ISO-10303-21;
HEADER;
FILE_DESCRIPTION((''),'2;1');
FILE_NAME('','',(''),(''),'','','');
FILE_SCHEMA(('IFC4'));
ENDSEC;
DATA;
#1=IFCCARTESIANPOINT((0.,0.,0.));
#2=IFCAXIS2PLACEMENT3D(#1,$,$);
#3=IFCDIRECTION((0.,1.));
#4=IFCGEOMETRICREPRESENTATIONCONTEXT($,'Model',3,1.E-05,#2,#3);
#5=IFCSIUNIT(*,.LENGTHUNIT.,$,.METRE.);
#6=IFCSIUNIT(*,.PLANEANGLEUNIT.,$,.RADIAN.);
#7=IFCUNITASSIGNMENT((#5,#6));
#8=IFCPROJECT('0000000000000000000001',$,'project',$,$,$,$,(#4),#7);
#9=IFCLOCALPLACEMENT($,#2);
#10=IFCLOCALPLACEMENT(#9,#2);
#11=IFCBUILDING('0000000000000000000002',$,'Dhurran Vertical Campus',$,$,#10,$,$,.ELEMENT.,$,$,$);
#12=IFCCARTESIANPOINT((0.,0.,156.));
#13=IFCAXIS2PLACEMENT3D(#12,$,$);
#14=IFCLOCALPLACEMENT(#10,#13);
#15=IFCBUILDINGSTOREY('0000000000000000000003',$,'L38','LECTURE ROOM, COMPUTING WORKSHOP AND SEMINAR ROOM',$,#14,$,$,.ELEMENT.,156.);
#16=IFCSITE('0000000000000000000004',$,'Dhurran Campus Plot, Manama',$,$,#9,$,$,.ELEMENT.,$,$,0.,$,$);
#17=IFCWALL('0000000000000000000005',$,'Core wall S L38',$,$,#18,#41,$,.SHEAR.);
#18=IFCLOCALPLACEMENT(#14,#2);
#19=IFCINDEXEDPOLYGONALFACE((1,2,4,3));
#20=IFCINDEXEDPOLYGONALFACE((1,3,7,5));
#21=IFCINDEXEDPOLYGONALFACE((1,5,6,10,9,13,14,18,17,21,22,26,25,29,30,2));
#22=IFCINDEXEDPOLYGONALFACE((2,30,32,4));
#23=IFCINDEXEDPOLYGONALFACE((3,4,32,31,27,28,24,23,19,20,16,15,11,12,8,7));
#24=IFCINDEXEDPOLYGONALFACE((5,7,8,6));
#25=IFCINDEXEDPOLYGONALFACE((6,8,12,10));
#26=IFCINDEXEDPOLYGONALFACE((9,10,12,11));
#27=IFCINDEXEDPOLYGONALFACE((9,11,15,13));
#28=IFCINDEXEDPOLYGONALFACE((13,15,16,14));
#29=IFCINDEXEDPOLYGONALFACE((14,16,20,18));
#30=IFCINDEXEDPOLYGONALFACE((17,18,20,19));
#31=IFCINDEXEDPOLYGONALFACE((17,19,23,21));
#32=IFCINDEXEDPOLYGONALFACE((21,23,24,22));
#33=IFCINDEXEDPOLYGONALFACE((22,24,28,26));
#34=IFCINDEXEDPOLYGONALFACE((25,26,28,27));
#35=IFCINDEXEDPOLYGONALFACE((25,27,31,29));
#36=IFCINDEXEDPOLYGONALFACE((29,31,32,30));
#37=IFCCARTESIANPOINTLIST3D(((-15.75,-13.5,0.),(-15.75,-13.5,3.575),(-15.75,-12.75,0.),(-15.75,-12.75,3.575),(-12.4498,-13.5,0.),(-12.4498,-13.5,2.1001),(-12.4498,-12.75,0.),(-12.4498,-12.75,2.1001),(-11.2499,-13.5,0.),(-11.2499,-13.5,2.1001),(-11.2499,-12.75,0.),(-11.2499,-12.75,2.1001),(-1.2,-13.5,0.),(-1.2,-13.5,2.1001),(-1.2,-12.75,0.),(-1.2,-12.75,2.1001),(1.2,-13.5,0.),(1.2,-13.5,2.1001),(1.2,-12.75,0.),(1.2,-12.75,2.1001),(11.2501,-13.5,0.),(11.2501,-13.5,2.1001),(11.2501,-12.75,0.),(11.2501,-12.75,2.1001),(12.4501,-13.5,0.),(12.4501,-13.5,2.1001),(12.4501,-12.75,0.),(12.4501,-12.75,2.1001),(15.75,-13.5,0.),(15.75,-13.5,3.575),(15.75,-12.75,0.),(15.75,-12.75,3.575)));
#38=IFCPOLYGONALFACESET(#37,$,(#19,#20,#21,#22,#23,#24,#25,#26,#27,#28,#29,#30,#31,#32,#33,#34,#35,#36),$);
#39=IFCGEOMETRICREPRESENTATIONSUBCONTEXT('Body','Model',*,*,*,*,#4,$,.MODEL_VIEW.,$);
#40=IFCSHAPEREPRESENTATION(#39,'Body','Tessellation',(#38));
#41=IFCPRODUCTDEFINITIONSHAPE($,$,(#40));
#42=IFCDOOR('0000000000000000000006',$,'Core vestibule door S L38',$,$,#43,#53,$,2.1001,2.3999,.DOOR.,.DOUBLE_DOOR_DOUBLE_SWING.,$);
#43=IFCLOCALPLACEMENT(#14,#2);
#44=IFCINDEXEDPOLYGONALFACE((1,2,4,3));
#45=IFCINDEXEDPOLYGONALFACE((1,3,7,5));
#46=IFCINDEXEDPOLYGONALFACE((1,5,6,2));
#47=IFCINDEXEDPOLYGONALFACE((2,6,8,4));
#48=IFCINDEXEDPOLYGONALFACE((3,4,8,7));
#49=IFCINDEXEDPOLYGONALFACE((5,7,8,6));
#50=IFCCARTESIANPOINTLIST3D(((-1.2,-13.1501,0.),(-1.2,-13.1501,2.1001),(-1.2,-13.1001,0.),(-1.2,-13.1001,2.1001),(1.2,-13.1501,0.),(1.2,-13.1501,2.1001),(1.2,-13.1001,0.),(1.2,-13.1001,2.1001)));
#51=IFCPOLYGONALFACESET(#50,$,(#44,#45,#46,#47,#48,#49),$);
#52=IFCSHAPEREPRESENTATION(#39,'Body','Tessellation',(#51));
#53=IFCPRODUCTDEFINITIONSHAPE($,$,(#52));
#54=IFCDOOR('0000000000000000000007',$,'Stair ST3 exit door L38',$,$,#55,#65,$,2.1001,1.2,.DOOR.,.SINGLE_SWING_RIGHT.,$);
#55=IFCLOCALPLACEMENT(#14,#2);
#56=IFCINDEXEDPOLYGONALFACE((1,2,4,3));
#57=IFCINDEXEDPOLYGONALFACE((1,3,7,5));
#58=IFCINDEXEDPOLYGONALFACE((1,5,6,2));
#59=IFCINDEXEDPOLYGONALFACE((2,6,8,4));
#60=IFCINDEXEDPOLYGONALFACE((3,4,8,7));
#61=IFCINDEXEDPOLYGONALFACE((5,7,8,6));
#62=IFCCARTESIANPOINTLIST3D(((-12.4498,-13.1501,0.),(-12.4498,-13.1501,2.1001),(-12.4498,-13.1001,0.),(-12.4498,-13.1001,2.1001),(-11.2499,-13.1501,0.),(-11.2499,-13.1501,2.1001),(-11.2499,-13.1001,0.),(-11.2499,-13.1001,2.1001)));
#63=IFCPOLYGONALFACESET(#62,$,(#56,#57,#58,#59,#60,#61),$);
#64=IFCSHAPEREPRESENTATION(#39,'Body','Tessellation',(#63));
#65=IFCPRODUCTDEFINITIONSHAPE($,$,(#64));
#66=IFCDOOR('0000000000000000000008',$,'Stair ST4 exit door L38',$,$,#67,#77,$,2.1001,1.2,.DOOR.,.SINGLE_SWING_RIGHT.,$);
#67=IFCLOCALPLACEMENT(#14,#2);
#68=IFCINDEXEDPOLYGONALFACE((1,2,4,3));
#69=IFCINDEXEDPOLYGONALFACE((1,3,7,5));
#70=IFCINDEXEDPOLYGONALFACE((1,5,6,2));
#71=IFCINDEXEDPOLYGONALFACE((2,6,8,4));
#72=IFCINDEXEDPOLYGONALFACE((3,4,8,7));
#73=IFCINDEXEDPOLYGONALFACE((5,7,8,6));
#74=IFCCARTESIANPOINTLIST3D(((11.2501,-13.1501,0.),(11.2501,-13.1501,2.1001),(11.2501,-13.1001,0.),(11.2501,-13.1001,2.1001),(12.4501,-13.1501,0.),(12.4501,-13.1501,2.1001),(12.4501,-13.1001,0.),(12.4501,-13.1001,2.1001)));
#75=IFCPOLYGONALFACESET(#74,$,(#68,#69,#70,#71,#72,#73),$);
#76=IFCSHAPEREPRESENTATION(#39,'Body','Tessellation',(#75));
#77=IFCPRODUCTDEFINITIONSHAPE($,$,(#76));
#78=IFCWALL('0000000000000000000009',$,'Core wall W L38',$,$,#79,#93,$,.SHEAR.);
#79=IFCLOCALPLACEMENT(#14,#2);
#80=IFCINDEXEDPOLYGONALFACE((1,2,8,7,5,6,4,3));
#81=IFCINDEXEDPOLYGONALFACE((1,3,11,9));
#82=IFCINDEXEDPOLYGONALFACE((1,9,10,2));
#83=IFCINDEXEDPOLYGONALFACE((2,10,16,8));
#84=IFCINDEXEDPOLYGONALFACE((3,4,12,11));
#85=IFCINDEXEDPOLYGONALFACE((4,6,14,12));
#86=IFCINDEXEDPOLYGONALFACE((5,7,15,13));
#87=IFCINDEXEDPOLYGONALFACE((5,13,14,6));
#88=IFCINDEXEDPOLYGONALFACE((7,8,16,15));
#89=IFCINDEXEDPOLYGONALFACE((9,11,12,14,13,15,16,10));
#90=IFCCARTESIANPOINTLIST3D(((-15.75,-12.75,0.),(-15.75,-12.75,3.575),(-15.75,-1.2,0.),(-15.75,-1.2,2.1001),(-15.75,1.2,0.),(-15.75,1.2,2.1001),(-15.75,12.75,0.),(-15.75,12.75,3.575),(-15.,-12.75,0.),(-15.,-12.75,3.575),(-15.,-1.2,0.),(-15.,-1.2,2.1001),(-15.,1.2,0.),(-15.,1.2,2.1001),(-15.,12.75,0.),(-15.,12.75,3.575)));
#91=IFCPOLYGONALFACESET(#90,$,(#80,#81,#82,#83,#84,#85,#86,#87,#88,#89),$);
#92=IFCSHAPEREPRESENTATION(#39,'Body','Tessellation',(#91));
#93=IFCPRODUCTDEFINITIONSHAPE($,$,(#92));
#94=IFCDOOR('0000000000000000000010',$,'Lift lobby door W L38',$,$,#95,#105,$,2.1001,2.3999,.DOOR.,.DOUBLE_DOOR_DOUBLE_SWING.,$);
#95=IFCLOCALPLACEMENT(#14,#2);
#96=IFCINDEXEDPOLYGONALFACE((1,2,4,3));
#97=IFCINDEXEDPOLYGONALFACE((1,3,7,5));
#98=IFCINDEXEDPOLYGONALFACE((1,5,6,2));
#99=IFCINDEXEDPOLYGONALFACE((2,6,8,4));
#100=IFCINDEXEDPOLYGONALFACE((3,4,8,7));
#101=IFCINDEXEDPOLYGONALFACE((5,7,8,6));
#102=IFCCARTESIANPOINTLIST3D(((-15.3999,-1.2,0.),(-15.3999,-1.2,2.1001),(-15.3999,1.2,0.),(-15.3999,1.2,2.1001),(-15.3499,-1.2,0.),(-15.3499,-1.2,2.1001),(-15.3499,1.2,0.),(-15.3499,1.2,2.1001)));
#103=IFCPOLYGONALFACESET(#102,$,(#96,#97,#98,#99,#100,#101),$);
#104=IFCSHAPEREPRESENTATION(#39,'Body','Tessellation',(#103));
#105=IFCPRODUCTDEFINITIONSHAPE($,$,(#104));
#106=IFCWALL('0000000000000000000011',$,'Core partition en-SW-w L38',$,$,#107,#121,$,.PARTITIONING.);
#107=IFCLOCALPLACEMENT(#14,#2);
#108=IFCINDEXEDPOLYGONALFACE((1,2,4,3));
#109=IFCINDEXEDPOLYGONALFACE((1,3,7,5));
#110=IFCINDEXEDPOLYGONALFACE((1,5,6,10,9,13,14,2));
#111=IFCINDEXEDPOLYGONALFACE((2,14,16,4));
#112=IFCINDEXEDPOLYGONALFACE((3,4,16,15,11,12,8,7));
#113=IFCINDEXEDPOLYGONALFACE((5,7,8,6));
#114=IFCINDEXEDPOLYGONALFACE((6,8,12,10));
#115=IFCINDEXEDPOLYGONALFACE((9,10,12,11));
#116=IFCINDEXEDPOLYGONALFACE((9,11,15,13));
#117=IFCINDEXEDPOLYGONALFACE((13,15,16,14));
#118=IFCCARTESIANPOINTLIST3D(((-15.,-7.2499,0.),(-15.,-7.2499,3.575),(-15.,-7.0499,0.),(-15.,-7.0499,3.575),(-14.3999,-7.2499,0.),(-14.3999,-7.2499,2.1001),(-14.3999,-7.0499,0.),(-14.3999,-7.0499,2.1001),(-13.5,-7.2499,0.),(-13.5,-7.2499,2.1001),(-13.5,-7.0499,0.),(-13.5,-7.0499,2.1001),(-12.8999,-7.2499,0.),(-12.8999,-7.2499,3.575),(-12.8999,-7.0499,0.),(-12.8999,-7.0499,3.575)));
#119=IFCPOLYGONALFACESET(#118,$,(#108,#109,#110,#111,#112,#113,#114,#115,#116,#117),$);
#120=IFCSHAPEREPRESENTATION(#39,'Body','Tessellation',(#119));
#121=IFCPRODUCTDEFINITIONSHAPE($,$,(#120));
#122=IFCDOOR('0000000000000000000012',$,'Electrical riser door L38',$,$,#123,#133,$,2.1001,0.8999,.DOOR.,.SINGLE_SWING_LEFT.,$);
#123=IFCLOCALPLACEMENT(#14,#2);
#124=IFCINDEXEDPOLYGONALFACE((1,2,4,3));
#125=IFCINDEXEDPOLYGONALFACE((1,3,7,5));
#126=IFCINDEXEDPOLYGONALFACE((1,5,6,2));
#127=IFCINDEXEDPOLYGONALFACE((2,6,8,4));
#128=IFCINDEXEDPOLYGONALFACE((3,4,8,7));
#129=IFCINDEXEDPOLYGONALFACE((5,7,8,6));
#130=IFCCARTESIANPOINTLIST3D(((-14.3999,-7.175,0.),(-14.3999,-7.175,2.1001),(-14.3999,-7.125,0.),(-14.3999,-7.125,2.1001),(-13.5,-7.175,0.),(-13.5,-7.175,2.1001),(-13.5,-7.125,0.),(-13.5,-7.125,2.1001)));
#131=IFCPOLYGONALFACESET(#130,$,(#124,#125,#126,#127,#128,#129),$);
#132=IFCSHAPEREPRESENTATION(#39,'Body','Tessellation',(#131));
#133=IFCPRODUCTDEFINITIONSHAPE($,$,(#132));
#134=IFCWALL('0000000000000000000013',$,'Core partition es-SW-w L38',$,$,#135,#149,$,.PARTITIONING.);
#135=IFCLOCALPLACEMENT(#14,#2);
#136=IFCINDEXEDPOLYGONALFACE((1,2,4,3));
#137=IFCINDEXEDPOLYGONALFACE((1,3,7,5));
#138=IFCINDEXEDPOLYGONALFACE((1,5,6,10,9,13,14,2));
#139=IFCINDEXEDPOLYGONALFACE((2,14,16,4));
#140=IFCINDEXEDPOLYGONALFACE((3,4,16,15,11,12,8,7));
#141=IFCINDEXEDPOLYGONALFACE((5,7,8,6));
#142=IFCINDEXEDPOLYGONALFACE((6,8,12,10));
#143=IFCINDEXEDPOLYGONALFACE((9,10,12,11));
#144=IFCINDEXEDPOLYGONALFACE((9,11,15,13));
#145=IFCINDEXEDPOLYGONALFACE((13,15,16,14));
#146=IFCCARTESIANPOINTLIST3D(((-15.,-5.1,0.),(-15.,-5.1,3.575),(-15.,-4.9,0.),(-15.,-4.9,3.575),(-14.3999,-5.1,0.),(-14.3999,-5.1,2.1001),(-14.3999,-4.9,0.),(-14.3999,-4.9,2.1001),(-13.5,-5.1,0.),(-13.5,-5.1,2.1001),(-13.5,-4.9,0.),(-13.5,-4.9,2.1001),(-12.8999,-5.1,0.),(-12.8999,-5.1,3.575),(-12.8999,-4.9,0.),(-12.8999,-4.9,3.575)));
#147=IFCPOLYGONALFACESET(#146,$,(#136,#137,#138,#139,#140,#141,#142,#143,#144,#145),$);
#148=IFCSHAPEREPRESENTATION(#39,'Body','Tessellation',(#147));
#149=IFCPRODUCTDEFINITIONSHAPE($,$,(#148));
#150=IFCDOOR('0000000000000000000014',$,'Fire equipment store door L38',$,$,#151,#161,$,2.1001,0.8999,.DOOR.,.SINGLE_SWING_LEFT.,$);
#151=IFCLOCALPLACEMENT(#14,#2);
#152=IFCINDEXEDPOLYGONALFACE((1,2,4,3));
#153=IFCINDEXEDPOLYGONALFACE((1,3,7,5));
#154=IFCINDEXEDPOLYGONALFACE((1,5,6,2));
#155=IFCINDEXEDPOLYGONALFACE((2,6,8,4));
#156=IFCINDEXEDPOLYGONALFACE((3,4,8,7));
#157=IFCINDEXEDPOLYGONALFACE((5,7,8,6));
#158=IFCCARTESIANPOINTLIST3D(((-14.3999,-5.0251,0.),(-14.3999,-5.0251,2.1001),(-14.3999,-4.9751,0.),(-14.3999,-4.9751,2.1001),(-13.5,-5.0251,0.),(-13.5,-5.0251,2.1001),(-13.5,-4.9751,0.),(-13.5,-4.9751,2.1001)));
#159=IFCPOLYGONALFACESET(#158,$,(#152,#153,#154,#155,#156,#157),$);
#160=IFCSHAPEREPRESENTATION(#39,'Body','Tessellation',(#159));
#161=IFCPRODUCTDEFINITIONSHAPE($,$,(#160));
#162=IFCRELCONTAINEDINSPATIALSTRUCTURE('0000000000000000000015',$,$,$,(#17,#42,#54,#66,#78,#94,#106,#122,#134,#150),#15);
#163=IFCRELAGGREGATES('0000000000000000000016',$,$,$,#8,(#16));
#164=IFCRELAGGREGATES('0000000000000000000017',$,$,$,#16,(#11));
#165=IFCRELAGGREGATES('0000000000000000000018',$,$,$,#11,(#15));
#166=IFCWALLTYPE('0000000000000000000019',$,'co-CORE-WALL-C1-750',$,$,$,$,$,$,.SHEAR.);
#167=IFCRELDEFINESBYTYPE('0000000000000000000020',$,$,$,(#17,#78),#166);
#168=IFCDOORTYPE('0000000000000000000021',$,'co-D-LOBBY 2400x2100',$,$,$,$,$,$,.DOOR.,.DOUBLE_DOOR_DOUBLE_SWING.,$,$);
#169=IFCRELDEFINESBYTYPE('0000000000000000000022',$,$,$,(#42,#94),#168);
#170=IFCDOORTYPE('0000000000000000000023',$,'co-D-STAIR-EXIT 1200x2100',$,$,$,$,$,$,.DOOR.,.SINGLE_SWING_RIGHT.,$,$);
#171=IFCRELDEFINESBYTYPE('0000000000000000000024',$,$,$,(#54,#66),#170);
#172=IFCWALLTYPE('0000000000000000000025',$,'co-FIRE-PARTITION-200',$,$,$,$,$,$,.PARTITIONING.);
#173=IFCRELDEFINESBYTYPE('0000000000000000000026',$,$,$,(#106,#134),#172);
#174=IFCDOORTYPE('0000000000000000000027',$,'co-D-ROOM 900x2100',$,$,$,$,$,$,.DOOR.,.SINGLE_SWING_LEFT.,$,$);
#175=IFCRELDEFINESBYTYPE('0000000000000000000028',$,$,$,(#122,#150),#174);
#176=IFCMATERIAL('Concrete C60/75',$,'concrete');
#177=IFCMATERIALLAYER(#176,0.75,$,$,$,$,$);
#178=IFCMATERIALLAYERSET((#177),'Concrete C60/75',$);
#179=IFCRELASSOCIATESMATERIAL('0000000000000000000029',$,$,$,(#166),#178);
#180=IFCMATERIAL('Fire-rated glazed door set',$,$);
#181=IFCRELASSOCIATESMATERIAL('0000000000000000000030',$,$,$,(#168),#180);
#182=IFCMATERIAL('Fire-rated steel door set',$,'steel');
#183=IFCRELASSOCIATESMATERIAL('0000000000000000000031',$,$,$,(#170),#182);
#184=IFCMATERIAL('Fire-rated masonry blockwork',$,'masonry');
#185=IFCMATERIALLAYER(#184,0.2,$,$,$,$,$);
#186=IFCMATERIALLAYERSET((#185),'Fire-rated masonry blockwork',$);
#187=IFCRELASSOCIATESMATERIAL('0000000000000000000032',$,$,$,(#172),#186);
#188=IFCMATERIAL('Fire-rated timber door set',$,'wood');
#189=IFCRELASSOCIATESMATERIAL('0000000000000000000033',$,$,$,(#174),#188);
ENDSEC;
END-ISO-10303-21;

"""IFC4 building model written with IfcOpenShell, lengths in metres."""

from ifc_helpers import new_model, si_unit, direction, frame, frame_2d, origin, place, context, subcontext, project, spatial, rectangle, extrude, material, layer, layer_set, type_object, element, fill, save


model = new_model("IFC4")

# Units and contexts
model_context = context("Model", 3, precision=1e-05, world=origin(), true_north=direction((0.0, 1.0)))
body_context = subcontext(model_context, "Body", "Model", "MODEL_VIEW")
ifc_project = project(units=[si_unit("LENGTHUNIT", "METRE"), si_unit("PLANEANGLEUNIT", "RADIAN")], contexts=[model_context])

# Site, building, storey
site_placement = place(None, origin())
site = spatial("IfcSite", under=ifc_project, at=site_placement, Name="Dhurran Campus Plot, Manama", CompositionType="ELEMENT", RefElevation=0.0)
building_placement = place(site_placement, origin())
building = spatial("IfcBuilding", under=site, at=building_placement, Name="Dhurran Vertical Campus", CompositionType="ELEMENT")
storey_placement = place(building_placement, frame((0.0, 0.0, 156.0)))
storey = spatial("IfcBuildingStorey", under=building, at=storey_placement, Name="L38", Description="LECTURE ROOM, COMPUTING WORKSHOP AND SEMINAR ROOM", CompositionType="ELEMENT", Elevation=156.0)

# Wall, openings, doors
ifc_material_1 = material(Name="Concrete C60/75", Category="concrete")
ifc_layer_1 = layer(ifc_material_1, 0.75)
ifc_layer_set_1 = layer_set([ifc_layer_1], Name="Concrete C60/75")
wall_type_1 = type_object("IfcWallType", Name="co-CORE-WALL-C1-750", PredefinedType="SHEAR", material=ifc_layer_set_1)
wall_1_placement = place(storey_placement, frame((-15.75, -13.125, 0.0), z_axis=(0.0, 0.0, 1.0), x_axis=(1.0, 0.0, 0.0)))
wall_1 = element("IfcWall", 1, at=wall_1_placement, inside=storey, type_object=wall_type_1, Name="Core wall S L38", PredefinedType="SHEAR", context=body_context, shape_type="SweptSolid", body=[
    extrude(rectangle(XDim=31.5, YDim=0.75, at=frame_2d((15.75, 0.0))), origin(), (0.0, 0.0, 1.0), 3.575),
])
opening_1_placement = place(wall_1_placement, frame((14.55, 0.0, 0.0)))
opening_1 = element("IfcOpeningElement", 2, at=opening_1_placement, cuts=wall_1, PredefinedType="OPENING", context=body_context, shape_type="SweptSolid", body=[
    extrude(rectangle(XDim=2.3999, YDim=2.1001, at=frame_2d((1.2, 1.05))), frame((0.0, 0.385, 0.0), z_axis=(0.0, -1.0, 0.0), x_axis=(1.0, 0.0, 0.0)), (0.0, 0.0, 1.0), 0.77),
])
opening_2_placement = place(wall_1_placement, frame((3.3, 0.0, 0.0)))
opening_2 = element("IfcOpeningElement", 3, at=opening_2_placement, cuts=wall_1, PredefinedType="OPENING", context=body_context, shape_type="SweptSolid", body=[
    extrude(rectangle(XDim=1.2, YDim=2.1001, at=frame_2d((0.6001, 1.05))), frame((0.0, 0.385, 0.0), z_axis=(0.0, -1.0, 0.0), x_axis=(1.0, 0.0, 0.0)), (0.0, 0.0, 1.0), 0.77),
])
opening_3_placement = place(wall_1_placement, frame((27.0, 0.0, 0.0)))
opening_3 = element("IfcOpeningElement", 4, at=opening_3_placement, cuts=wall_1, PredefinedType="OPENING", context=body_context, shape_type="SweptSolid", body=[
    extrude(rectangle(XDim=1.2, YDim=2.1001, at=frame_2d((0.6001, 1.05))), frame((0.0, 0.385, 0.0), z_axis=(0.0, -1.0, 0.0), x_axis=(1.0, 0.0, 0.0)), (0.0, 0.0, 1.0), 0.77),
])
ifc_material_2 = material(Name="Fire-rated glazed door set")
door_type_1 = type_object("IfcDoorType", Name="co-D-LOBBY 2400x2100", OperationType="DOUBLE_DOOR_DOUBLE_SWING", PredefinedType="DOOR", material=ifc_material_2)
door_1_placement = place(opening_1_placement, origin())
door_1 = element("IfcDoor", 5, at=door_1_placement, inside=storey, type_object=door_type_1, Name="Core vestibule door S L38", OperationType="DOUBLE_DOOR_DOUBLE_SWING", OverallHeight=2.1001, OverallWidth=2.3999, PredefinedType="DOOR", context=body_context, shape_type="SweptSolid", body=[
    extrude(rectangle(XDim=2.3999, YDim=2.1001, at=frame_2d((1.2, 1.05))), frame((0.0, 0.0249, 0.0), z_axis=(0.0, -1.0, 0.0), x_axis=(1.0, 0.0, 0.0)), (0.0, 0.0, 1.0), 0.05),
])
fill(opening_1, door_1)
ifc_material_3 = material(Name="Fire-rated steel door set", Category="steel")
door_type_2 = type_object("IfcDoorType", Name="co-D-STAIR-EXIT 1200x2100", OperationType="SINGLE_SWING_RIGHT", PredefinedType="DOOR", material=ifc_material_3)
door_2_placement = place(opening_2_placement, origin())
door_2 = element("IfcDoor", 6, at=door_2_placement, inside=storey, type_object=door_type_2, Name="Stair ST3 exit door L38", OperationType="SINGLE_SWING_RIGHT", OverallHeight=2.1001, OverallWidth=1.2, PredefinedType="DOOR", context=body_context, shape_type="SweptSolid", body=[
    extrude(rectangle(XDim=1.2, YDim=2.1001, at=frame_2d((0.6001, 1.05))), frame((0.0, 0.0249, 0.0), z_axis=(0.0, -1.0, 0.0), x_axis=(1.0, 0.0, 0.0)), (0.0, 0.0, 1.0), 0.05),
])
fill(opening_2, door_2)
door_3_placement = place(opening_3_placement, origin())
door_3 = element("IfcDoor", 7, at=door_3_placement, inside=storey, type_object=door_type_2, Name="Stair ST4 exit door L38", OperationType="SINGLE_SWING_RIGHT", OverallHeight=2.1001, OverallWidth=1.2, PredefinedType="DOOR", context=body_context, shape_type="SweptSolid", body=[
    extrude(rectangle(XDim=1.2, YDim=2.1001, at=frame_2d((0.6001, 1.05))), frame((0.0, 0.0249, 0.0), z_axis=(0.0, -1.0, 0.0), x_axis=(1.0, 0.0, 0.0)), (0.0, 0.0, 1.0), 0.05),
])
fill(opening_3, door_3)

# Walls, openings, doors
wall_2_placement = place(storey_placement, frame((-15.375, -12.75, 0.0), z_axis=(0.0, 0.0, 1.0), x_axis=(0.0, 1.0, 0.0)))
wall_2 = element("IfcWall", 8, at=wall_2_placement, inside=storey, type_object=wall_type_1, Name="Core wall W L38", PredefinedType="SHEAR", context=body_context, shape_type="SweptSolid", body=[
    extrude(rectangle(XDim=25.5, YDim=0.75, at=frame_2d((12.75, 0.0))), origin(), (0.0, 0.0, 1.0), 3.575),
])
opening_4_placement = place(wall_2_placement, frame((11.55, 0.0, 0.0)))
opening_4 = element("IfcOpeningElement", 9, at=opening_4_placement, cuts=wall_2, PredefinedType="OPENING", context=body_context, shape_type="SweptSolid", body=[
    extrude(rectangle(XDim=2.3999, YDim=2.1001, at=frame_2d((1.2, 1.05))), frame((0.0, 0.385, 0.0), z_axis=(0.0, -1.0, 0.0), x_axis=(1.0, 0.0, 0.0)), (0.0, 0.0, 1.0), 0.77),
])
door_4_placement = place(opening_4_placement, origin())
door_4 = element("IfcDoor", 10, at=door_4_placement, inside=storey, type_object=door_type_1, Name="Lift lobby door W L38", OperationType="DOUBLE_DOOR_DOUBLE_SWING", OverallHeight=2.1001, OverallWidth=2.3999, PredefinedType="DOOR", context=body_context, shape_type="SweptSolid", body=[
    extrude(rectangle(XDim=2.3999, YDim=2.1001, at=frame_2d((1.2, 1.05))), frame((0.0, 0.0249, 0.0), z_axis=(0.0, -1.0, 0.0), x_axis=(1.0, 0.0, 0.0)), (0.0, 0.0, 1.0), 0.05),
])
fill(opening_4, door_4)
ifc_material_4 = material(Name="Fire-rated masonry blockwork", Category="masonry")
ifc_layer_2 = layer(ifc_material_4, 0.2)
ifc_layer_set_2 = layer_set([ifc_layer_2], Name="Fire-rated masonry blockwork")
wall_type_2 = type_object("IfcWallType", Name="co-FIRE-PARTITION-200", PredefinedType="PARTITIONING", material=ifc_layer_set_2)
wall_3_placement = place(storey_placement, frame((-15.0, -7.1499, 0.0), z_axis=(0.0, 0.0, 1.0), x_axis=(1.0, 0.0, 0.0)))
wall_3 = element("IfcWall", 11, at=wall_3_placement, inside=storey, type_object=wall_type_2, Name="Core partition en-SW-w L38", PredefinedType="PARTITIONING", context=body_context, shape_type="SweptSolid", body=[
    extrude(rectangle(XDim=2.1001, YDim=0.2, at=frame_2d((1.05, 0.0))), origin(), (0.0, 0.0, 1.0), 3.575),
])
opening_5_placement = place(wall_3_placement, frame((0.6001, 0.0, 0.0)))
opening_5 = element("IfcOpeningElement", 12, at=opening_5_placement, cuts=wall_3, PredefinedType="OPENING", context=body_context, shape_type="SweptSolid", body=[
    extrude(rectangle(XDim=0.8999, YDim=2.1001, at=frame_2d((0.45, 1.05))), frame((0.0, 0.1099, 0.0), z_axis=(0.0, -1.0, 0.0), x_axis=(1.0, 0.0, 0.0)), (0.0, 0.0, 1.0), 0.22),
])
ifc_material_5 = material(Name="Fire-rated timber door set", Category="wood")
door_type_3 = type_object("IfcDoorType", Name="co-D-ROOM 900x2100", OperationType="SINGLE_SWING_LEFT", PredefinedType="DOOR", material=ifc_material_5)
door_5_placement = place(opening_5_placement, origin())
door_5 = element("IfcDoor", 13, at=door_5_placement, inside=storey, type_object=door_type_3, Name="Electrical riser door L38", OperationType="SINGLE_SWING_LEFT", OverallHeight=2.1001, OverallWidth=0.8999, PredefinedType="DOOR", context=body_context, shape_type="SweptSolid", body=[
    extrude(rectangle(XDim=0.8999, YDim=2.1001, at=frame_2d((0.45, 1.05))), frame((0.0, 0.0249, 0.0), z_axis=(0.0, -1.0, 0.0), x_axis=(1.0, 0.0, 0.0)), (0.0, 0.0, 1.0), 0.05),
])
fill(opening_5, door_5)
wall_4_placement = place(storey_placement, frame((-15.0, -5.0, 0.0), z_axis=(0.0, 0.0, 1.0), x_axis=(1.0, 0.0, 0.0)))
wall_4 = element("IfcWall", 14, at=wall_4_placement, inside=storey, type_object=wall_type_2, Name="Core partition es-SW-w L38", PredefinedType="PARTITIONING", context=body_context, shape_type="SweptSolid", body=[
    extrude(rectangle(XDim=2.1001, YDim=0.2, at=frame_2d((1.05, 0.0))), origin(), (0.0, 0.0, 1.0), 3.575),
])
opening_6_placement = place(wall_4_placement, frame((0.6001, 0.0, 0.0)))
opening_6 = element("IfcOpeningElement", 15, at=opening_6_placement, cuts=wall_4, PredefinedType="OPENING", context=body_context, shape_type="SweptSolid", body=[
    extrude(rectangle(XDim=0.8999, YDim=2.1001, at=frame_2d((0.45, 1.05))), frame((0.0, 0.1099, 0.0), z_axis=(0.0, -1.0, 0.0), x_axis=(1.0, 0.0, 0.0)), (0.0, 0.0, 1.0), 0.22),
])
door_6_placement = place(opening_6_placement, origin())
door_6 = element("IfcDoor", 16, at=door_6_placement, inside=storey, type_object=door_type_3, Name="Fire equipment store door L38", OperationType="SINGLE_SWING_LEFT", OverallHeight=2.1001, OverallWidth=0.8999, PredefinedType="DOOR", context=body_context, shape_type="SweptSolid", body=[
    extrude(rectangle(XDim=0.8999, YDim=2.1001, at=frame_2d((0.45, 1.05))), frame((0.0, 0.0249, 0.0), z_axis=(0.0, -1.0, 0.0), x_axis=(1.0, 0.0, 0.0)), (0.0, 0.0, 1.0), 0.05),
])
fill(opening_6, door_6)

save(model, "model.ifc")
